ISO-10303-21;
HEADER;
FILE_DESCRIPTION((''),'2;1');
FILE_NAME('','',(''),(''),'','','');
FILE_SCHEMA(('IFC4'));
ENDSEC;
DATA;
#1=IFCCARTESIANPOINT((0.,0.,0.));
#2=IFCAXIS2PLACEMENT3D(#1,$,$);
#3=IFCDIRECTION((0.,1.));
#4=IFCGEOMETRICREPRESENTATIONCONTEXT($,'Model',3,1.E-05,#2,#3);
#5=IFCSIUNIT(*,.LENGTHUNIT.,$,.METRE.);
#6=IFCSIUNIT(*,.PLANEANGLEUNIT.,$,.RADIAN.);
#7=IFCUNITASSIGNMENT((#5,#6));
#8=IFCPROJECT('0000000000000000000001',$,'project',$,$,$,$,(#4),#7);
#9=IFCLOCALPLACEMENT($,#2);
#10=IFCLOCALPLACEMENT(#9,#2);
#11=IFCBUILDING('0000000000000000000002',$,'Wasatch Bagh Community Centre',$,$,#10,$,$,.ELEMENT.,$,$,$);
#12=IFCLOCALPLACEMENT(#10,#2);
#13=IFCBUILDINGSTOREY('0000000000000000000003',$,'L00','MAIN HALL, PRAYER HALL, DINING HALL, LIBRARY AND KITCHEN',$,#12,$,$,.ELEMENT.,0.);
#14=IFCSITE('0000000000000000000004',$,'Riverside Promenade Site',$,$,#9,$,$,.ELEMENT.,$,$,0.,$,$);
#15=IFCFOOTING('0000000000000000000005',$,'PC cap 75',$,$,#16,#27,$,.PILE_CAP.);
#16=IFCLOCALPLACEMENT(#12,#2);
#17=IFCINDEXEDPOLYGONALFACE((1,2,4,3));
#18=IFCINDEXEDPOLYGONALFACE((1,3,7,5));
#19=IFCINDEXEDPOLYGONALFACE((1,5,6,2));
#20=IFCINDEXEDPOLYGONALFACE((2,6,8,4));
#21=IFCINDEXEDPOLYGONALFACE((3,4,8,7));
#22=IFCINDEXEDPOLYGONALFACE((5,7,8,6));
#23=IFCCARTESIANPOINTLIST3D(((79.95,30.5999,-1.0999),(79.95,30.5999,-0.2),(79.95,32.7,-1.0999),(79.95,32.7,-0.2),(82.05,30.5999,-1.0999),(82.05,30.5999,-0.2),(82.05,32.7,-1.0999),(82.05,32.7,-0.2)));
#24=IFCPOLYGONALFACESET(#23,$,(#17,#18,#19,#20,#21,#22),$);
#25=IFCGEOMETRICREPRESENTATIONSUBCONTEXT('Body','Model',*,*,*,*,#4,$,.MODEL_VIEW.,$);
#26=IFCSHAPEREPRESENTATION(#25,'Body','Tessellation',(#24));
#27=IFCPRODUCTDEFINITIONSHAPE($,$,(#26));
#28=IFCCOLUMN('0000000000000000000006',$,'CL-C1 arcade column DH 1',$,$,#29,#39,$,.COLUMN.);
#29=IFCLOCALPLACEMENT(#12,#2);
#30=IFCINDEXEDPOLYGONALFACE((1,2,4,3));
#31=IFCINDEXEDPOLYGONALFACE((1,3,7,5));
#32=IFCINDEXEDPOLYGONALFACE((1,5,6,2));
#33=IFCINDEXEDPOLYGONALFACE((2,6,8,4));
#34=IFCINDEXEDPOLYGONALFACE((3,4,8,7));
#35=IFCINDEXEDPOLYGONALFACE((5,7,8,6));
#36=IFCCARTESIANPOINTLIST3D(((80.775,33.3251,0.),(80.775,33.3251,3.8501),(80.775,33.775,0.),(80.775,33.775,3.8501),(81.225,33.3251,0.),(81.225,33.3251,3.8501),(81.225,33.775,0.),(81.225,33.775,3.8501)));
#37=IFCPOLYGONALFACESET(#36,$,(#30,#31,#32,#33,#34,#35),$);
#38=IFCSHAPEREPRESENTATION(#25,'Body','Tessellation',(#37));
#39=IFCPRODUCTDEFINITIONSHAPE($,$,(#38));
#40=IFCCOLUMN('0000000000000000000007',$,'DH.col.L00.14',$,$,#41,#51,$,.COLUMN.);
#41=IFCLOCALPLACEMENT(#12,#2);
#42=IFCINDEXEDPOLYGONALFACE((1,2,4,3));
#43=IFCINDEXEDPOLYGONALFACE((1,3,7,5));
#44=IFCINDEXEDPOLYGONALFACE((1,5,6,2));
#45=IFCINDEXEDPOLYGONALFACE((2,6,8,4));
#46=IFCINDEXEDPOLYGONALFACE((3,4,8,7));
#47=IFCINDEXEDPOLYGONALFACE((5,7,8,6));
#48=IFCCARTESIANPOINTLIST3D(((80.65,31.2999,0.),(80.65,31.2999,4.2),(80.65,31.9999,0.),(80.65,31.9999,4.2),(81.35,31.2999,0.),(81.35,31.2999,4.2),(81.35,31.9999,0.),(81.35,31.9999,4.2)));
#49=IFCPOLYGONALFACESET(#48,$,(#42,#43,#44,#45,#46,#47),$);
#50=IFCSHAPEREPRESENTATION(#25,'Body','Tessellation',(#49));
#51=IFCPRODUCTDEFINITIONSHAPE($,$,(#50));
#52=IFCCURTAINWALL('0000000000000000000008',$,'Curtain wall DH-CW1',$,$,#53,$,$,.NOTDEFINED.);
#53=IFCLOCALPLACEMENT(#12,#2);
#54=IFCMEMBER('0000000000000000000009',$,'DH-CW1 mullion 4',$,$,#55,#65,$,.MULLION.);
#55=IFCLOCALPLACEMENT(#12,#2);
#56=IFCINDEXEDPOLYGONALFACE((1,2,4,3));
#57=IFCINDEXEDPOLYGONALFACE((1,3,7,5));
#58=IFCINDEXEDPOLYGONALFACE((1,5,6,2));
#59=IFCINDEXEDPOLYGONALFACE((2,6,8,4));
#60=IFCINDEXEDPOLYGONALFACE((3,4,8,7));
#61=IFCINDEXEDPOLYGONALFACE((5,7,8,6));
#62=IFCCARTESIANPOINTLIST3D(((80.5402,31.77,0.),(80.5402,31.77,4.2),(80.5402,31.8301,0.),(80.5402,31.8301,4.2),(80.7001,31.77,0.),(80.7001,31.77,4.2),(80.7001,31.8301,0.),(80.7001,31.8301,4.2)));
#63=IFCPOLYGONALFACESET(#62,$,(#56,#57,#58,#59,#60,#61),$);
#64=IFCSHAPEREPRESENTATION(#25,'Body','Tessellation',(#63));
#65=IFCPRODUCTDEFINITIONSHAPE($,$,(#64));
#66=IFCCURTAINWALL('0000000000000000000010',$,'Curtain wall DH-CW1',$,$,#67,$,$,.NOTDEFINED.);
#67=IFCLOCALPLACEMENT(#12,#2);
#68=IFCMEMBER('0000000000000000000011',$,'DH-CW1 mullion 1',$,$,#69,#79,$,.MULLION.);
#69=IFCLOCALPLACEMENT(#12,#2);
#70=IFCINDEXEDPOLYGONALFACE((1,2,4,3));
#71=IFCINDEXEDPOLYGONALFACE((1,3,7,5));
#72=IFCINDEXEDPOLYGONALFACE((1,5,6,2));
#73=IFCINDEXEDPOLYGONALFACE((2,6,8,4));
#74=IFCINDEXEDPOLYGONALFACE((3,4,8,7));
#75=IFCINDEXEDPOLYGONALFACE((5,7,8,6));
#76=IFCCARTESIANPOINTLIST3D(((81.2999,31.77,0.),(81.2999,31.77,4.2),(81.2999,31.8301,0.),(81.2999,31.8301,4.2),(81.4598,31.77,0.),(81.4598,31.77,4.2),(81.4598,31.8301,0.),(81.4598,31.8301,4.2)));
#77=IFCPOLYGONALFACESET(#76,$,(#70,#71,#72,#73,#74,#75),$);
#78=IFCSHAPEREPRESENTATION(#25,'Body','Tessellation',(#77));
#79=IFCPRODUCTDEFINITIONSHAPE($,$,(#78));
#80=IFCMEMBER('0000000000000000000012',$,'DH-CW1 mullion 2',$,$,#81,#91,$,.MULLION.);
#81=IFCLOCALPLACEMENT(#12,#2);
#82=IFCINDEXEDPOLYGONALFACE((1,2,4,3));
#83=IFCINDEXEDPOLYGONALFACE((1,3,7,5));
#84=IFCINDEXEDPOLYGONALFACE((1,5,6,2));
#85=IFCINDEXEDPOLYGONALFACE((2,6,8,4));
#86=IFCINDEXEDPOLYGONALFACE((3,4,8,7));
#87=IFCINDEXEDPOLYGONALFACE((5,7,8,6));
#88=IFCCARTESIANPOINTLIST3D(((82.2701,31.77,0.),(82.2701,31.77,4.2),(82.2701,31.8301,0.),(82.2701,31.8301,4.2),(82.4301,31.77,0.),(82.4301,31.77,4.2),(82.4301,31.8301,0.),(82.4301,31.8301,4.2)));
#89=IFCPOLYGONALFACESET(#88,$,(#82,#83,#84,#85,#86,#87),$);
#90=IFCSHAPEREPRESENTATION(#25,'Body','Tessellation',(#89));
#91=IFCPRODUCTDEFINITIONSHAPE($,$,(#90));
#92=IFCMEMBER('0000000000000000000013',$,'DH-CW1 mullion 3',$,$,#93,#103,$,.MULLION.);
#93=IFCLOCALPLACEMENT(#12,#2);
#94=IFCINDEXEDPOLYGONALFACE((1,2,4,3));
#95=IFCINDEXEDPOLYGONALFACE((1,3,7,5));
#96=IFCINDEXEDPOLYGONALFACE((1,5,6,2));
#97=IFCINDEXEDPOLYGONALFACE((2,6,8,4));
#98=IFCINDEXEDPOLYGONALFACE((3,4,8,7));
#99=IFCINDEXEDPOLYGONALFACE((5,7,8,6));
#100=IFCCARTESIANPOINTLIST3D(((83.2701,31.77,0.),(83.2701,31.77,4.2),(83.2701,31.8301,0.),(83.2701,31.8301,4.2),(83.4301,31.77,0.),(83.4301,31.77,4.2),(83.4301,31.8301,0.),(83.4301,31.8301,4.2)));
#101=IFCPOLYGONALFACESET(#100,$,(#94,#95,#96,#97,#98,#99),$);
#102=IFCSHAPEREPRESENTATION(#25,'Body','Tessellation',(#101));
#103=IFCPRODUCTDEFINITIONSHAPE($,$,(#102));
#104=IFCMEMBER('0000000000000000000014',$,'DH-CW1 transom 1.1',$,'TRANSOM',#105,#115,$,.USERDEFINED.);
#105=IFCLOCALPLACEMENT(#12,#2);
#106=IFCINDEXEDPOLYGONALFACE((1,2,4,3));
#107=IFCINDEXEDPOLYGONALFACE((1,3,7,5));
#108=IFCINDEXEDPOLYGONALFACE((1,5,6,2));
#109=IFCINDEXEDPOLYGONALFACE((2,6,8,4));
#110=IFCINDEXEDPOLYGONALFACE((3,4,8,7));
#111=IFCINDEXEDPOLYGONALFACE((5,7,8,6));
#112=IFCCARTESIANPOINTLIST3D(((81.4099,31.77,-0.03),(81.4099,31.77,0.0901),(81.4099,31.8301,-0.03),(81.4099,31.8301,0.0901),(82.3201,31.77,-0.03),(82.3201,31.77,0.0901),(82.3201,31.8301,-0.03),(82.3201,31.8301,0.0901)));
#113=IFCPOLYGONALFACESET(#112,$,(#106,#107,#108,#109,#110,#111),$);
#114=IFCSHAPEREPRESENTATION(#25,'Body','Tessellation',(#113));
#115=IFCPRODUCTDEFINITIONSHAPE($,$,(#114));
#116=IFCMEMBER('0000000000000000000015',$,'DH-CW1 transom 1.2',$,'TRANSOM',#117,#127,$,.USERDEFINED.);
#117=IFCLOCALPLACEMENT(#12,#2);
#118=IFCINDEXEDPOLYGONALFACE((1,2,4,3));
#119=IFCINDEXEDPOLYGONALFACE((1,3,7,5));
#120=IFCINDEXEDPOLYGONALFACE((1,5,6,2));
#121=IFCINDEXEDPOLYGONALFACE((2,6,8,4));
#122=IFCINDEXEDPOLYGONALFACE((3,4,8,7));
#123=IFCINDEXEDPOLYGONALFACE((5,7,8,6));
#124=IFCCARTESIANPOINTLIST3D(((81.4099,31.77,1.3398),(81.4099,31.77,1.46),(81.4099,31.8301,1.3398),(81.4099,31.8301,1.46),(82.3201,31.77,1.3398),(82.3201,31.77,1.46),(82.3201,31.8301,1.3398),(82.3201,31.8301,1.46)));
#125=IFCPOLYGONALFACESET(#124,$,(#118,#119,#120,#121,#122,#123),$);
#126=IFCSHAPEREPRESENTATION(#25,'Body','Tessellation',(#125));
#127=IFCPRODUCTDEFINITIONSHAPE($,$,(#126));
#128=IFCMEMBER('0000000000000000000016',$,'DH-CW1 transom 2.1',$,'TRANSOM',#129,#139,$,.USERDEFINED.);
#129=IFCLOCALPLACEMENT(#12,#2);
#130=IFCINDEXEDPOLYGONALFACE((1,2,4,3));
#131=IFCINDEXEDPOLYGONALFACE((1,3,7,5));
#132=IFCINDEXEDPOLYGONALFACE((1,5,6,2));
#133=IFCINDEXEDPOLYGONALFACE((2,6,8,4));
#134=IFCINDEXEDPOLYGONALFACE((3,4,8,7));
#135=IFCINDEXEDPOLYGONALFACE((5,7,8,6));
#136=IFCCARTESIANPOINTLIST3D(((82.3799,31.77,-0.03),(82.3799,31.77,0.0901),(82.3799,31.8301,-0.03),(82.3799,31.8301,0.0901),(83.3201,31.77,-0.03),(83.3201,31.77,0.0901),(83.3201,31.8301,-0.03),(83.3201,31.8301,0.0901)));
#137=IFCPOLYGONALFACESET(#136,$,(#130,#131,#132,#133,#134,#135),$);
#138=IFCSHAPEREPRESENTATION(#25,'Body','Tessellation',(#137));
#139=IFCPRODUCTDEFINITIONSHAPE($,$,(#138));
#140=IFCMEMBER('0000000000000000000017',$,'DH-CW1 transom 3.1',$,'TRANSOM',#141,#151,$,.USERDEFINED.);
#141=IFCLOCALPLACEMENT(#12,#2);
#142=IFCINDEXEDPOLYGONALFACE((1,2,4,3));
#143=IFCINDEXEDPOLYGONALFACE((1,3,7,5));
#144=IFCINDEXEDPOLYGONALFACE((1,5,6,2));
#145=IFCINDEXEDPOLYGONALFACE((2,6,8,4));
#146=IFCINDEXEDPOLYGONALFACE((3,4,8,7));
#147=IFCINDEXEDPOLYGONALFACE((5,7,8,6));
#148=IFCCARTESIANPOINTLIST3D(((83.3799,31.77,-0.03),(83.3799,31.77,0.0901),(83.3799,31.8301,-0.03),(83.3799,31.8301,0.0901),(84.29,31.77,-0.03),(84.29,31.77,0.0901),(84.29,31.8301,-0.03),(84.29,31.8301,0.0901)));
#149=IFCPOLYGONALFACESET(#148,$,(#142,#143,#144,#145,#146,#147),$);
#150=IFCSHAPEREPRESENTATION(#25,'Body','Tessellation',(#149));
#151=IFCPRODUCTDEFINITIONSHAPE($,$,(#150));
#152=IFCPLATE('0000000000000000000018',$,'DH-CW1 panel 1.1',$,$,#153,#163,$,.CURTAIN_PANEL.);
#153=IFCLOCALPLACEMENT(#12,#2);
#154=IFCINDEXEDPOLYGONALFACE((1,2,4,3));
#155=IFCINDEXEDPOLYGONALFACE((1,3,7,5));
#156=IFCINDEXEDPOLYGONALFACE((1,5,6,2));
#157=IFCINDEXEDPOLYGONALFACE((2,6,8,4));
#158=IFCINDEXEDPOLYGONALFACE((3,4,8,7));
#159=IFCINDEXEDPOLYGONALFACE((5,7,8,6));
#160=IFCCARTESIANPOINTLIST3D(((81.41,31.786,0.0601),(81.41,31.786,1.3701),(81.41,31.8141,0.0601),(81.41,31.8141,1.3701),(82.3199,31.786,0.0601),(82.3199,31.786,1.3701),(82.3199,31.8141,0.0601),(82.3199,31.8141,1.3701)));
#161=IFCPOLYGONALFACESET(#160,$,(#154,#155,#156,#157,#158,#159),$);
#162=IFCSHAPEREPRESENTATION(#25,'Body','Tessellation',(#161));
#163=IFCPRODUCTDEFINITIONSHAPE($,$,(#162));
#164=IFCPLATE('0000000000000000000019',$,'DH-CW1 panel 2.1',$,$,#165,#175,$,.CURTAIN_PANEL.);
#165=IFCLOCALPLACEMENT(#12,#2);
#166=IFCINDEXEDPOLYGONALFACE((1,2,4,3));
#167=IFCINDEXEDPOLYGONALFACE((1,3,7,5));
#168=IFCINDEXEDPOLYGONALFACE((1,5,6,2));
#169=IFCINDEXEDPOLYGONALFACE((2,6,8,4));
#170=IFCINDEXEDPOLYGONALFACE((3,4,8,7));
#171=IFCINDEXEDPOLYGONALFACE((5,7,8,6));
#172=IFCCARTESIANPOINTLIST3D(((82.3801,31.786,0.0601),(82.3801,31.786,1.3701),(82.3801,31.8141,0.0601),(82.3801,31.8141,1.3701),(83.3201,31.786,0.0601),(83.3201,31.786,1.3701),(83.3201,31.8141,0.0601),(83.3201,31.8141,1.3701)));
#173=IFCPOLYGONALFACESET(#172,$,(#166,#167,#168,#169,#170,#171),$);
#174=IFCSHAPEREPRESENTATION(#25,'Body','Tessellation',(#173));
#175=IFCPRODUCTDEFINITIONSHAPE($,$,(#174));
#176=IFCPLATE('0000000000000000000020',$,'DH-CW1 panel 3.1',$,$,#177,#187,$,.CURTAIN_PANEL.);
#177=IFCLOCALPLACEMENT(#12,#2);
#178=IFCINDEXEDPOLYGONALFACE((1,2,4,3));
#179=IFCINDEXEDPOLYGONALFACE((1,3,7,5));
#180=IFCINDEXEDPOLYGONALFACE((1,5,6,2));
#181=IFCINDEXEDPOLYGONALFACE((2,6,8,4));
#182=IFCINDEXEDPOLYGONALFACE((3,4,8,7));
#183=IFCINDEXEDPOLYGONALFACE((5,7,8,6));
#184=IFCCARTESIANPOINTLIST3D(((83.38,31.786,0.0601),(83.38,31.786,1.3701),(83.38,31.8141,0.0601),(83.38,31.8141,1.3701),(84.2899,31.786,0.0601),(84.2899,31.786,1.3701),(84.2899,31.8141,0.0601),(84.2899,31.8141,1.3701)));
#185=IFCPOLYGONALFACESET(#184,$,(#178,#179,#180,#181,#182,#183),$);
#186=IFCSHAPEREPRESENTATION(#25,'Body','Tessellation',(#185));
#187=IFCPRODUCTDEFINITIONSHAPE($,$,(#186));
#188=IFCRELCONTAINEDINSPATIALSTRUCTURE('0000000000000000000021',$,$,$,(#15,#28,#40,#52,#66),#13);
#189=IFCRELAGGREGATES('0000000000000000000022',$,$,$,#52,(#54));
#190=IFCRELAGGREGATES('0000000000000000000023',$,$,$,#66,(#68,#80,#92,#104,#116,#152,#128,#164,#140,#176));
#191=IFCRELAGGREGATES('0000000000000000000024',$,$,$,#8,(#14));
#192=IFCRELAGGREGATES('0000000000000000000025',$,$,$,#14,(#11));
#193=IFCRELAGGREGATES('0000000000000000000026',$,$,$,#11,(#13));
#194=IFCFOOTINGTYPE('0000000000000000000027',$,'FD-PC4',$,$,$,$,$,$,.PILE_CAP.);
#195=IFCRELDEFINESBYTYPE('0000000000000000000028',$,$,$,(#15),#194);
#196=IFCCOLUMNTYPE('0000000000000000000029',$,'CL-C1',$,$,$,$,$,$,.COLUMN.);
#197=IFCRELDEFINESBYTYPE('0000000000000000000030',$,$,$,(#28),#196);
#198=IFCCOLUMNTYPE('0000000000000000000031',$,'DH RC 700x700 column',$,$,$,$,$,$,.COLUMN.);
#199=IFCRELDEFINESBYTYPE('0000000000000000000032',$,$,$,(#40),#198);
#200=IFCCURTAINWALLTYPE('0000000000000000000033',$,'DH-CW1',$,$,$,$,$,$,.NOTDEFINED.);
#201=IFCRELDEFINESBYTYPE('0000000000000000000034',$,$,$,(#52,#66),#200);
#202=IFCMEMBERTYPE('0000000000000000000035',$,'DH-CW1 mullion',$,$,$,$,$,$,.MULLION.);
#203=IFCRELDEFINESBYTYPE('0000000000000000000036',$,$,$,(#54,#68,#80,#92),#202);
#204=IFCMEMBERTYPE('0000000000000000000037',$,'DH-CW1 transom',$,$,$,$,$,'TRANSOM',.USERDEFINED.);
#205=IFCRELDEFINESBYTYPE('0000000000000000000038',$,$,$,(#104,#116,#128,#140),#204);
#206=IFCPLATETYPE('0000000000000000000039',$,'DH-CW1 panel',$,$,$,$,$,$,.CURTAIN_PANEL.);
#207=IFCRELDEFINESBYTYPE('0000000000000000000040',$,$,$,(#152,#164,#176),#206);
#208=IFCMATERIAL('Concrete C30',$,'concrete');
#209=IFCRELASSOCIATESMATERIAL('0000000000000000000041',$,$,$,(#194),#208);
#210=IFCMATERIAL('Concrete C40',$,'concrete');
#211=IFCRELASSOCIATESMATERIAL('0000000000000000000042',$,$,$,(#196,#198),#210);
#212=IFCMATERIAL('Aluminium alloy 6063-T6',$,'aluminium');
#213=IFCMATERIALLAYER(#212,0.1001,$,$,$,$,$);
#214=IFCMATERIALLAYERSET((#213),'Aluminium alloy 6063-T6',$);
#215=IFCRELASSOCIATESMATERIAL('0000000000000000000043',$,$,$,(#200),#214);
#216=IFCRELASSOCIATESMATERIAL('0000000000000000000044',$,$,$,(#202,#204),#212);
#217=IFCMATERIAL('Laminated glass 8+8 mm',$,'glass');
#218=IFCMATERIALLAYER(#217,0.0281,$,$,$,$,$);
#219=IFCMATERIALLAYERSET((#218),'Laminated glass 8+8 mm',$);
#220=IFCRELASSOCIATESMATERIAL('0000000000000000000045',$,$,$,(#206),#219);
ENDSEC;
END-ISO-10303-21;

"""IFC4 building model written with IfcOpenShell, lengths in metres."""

from ifc_helpers import new_model, si_unit, direction, frame, origin, origin_2d, place, context, subcontext, project, spatial, rectangle, extrude, material, layer, layer_set, material_profile, profile_set, type_object, element, aggregate, save


model = new_model("IFC4")

# Units and contexts
model_context = context("Model", 3, precision=1e-05, world=origin(), true_north=direction((0.0, 1.0)))
body_context = subcontext(model_context, "Body", "Model", "MODEL_VIEW")
ifc_project = project(units=[si_unit("LENGTHUNIT", "METRE"), si_unit("PLANEANGLEUNIT", "RADIAN")], contexts=[model_context])

# Site, building, storey
site_placement = place(None, origin())
site = spatial("IfcSite", under=ifc_project, at=site_placement, Name="Riverside Promenade Site", CompositionType="ELEMENT", RefElevation=0.0)
building_placement = place(site_placement, origin())
building = spatial("IfcBuilding", under=site, at=building_placement, Name="Wasatch Bagh Community Centre", CompositionType="ELEMENT")
storey_placement = place(building_placement, origin())
storey = spatial("IfcBuildingStorey", under=building, at=storey_placement, Name="L00", Description="MAIN HALL, PRAYER HALL, DINING HALL, LIBRARY AND KITCHEN", CompositionType="ELEMENT", Elevation=0.0)

# Shared definitions
ifc_material_1 = material(Name="Concrete C30", Category="concrete")

# Footing
footing_type_1 = type_object("IfcFootingType", Name="FD-PC4", PredefinedType="PILE_CAP", material=ifc_material_1)
footing_1_placement = place(storey_placement, frame((81.0, 31.6499, -1.0999), z_axis=(0.0, 0.0, 1.0), x_axis=(1.0, 0.0, 0.0)))
element("IfcFooting", 1, at=footing_1_placement, inside=storey, type_object=footing_type_1, Name="PC cap 75", PredefinedType="PILE_CAP", context=body_context, shape_type="SweptSolid", body=[
    extrude(rectangle(XDim=2.1001, YDim=2.1001, at=origin_2d()), origin(), (0.0, 0.0, 1.0), 0.8999),
])

# Columns
ifc_material_2 = material(Name="Concrete C40", Category="concrete")
ifc_material_profile_1 = material_profile(ifc_material_2, rectangle(XDim=0.45, YDim=0.45, at=origin_2d()), Name="RC 450x450")
ifc_profile_set_1 = profile_set([ifc_material_profile_1], Name="Concrete C40")
column_type_1 = type_object("IfcColumnType", Name="CL-C1", PredefinedType="COLUMN", material=ifc_profile_set_1)
column_1_placement = place(storey_placement, frame((81.0, 33.55, 0.0), z_axis=(0.0, 0.0, 1.0), x_axis=(1.0, 0.0, 0.0)))
element("IfcColumn", 2, at=column_1_placement, inside=storey, type_object=column_type_1, Name="CL-C1 arcade column DH 1", PredefinedType="COLUMN", context=body_context, shape_type="SweptSolid", body=[
    extrude(rectangle(XDim=0.45, YDim=0.45, at=origin_2d()), origin(), (0.0, 0.0, 1.0), 3.8501),
])
ifc_material_profile_2 = material_profile(ifc_material_2, rectangle(XDim=0.7, YDim=0.7, at=origin_2d()), Name="RC 700x700")
ifc_profile_set_2 = profile_set([ifc_material_profile_2], Name="Concrete C40")
column_type_2 = type_object("IfcColumnType", Name="DH RC 700x700 column", PredefinedType="COLUMN", material=ifc_profile_set_2)
column_2_placement = place(storey_placement, frame((81.0, 31.6499, 0.0), z_axis=(0.0, 0.0, 1.0), x_axis=(1.0, 0.0, 0.0)))
element("IfcColumn", 3, at=column_2_placement, inside=storey, type_object=column_type_2, Name="DH.col.L00.14", PredefinedType="COLUMN", context=body_context, shape_type="SweptSolid", body=[
    extrude(rectangle(XDim=0.7, YDim=0.7, at=origin_2d()), origin(), (0.0, 0.0, 1.0), 4.2),
])

# Curtain wall, member
ifc_material_3 = material(Name="Aluminium alloy 6063-T6", Category="aluminium")
ifc_layer_1 = layer(ifc_material_3, 0.1001)
ifc_layer_set_1 = layer_set([ifc_layer_1], Name="Aluminium alloy 6063-T6")
curtain_wall_type = type_object("IfcCurtainWallType", Name="DH-CW1", PredefinedType="NOTDEFINED", material=ifc_layer_set_1)
curtain_wall_1_placement = place(storey_placement, origin())
curtain_wall_1 = element("IfcCurtainWall", 4, at=curtain_wall_1_placement, inside=storey, type_object=curtain_wall_type, Name="Curtain wall DH-CW1", PredefinedType="NOTDEFINED")
ifc_material_profile_3 = material_profile(ifc_material_3, rectangle(XDim=0.0601, YDim=0.1599, at=origin_2d()), Name="AL 60x160")
ifc_profile_set_3 = profile_set([ifc_material_profile_3], Name="Aluminium alloy 6063-T6")
member_type_1 = type_object("IfcMemberType", Name="DH-CW1 mullion", PredefinedType="MULLION", material=ifc_profile_set_3)
member_1_placement = place(storey_placement, frame((80.6201, 31.8, 0.0), z_axis=(0.0, 0.0, 1.0), x_axis=(0.0, 1.0, 0.0)))
member_1 = element("IfcMember", 5, at=member_1_placement, type_object=member_type_1, Name="DH-CW1 mullion 4", PredefinedType="MULLION", context=body_context, shape_type="SweptSolid", body=[
    extrude(rectangle(XDim=0.0601, YDim=0.1599, at=origin_2d()), origin(), (0.0, 0.0, 1.0), 4.2),
])
aggregate(curtain_wall_1, [member_1])

# Curtain wall, members, plates
curtain_wall_2_placement = place(storey_placement, origin())
curtain_wall_2 = element("IfcCurtainWall", 6, at=curtain_wall_2_placement, inside=storey, type_object=curtain_wall_type, Name="Curtain wall DH-CW1", PredefinedType="NOTDEFINED")
member_2_placement = place(storey_placement, frame((81.3799, 31.8, 0.0), z_axis=(0.0, 0.0, 1.0), x_axis=(0.0, 1.0, 0.0)))
member_2 = element("IfcMember", 7, at=member_2_placement, type_object=member_type_1, Name="DH-CW1 mullion 1", PredefinedType="MULLION", context=body_context, shape_type="SweptSolid", body=[
    extrude(rectangle(XDim=0.0601, YDim=0.1599, at=origin_2d()), origin(), (0.0, 0.0, 1.0), 4.2),
])
member_3_placement = place(storey_placement, frame((82.3501, 31.8, 0.0), z_axis=(0.0, 0.0, 1.0), x_axis=(0.0, 1.0, 0.0)))
member_3 = element("IfcMember", 8, at=member_3_placement, type_object=member_type_1, Name="DH-CW1 mullion 2", PredefinedType="MULLION", context=body_context, shape_type="SweptSolid", body=[
    extrude(rectangle(XDim=0.0601, YDim=0.1599, at=origin_2d()), origin(), (0.0, 0.0, 1.0), 4.2),
])
member_4_placement = place(storey_placement, frame((83.3501, 31.8, 0.0), z_axis=(0.0, 0.0, 1.0), x_axis=(0.0, 1.0, 0.0)))
member_4 = element("IfcMember", 9, at=member_4_placement, type_object=member_type_1, Name="DH-CW1 mullion 3", PredefinedType="MULLION", context=body_context, shape_type="SweptSolid", body=[
    extrude(rectangle(XDim=0.0601, YDim=0.1599, at=origin_2d()), origin(), (0.0, 0.0, 1.0), 4.2),
])
ifc_material_profile_4 = material_profile(ifc_material_3, rectangle(XDim=0.0601, YDim=0.1201, at=origin_2d()), Name="AL 60x120")
ifc_profile_set_4 = profile_set([ifc_material_profile_4], Name="Aluminium alloy 6063-T6")
member_type_2 = type_object("IfcMemberType", Name="DH-CW1 transom", ElementType="TRANSOM", PredefinedType="USERDEFINED", material=ifc_profile_set_4)
member_5_placement = place(storey_placement, frame((81.4099, 31.8, 0.03), z_axis=(1.0, 0.0, 0.0), x_axis=(0.0, 1.0, 0.0)))
member_5 = element("IfcMember", 10, at=member_5_placement, type_object=member_type_2, Name="DH-CW1 transom 1.1", ObjectType="TRANSOM", PredefinedType="USERDEFINED", context=body_context, shape_type="SweptSolid", body=[
    extrude(rectangle(XDim=0.0601, YDim=0.1201, at=origin_2d()), origin(), (0.0, 0.0, 1.0), 0.9102),
])
member_6_placement = place(storey_placement, frame((81.4099, 31.8, 1.3999), z_axis=(1.0, 0.0, 0.0), x_axis=(0.0, 1.0, 0.0)))
member_6 = element("IfcMember", 11, at=member_6_placement, type_object=member_type_2, Name="DH-CW1 transom 1.2", ObjectType="TRANSOM", PredefinedType="USERDEFINED", context=body_context, shape_type="SweptSolid", body=[
    extrude(rectangle(XDim=0.0601, YDim=0.1201, at=origin_2d()), origin(), (0.0, 0.0, 1.0), 0.9102),
])
member_7_placement = place(storey_placement, frame((82.3799, 31.8, 0.03), z_axis=(1.0, 0.0, 0.0), x_axis=(0.0, 1.0, 0.0)))
member_7 = element("IfcMember", 12, at=member_7_placement, type_object=member_type_2, Name="DH-CW1 transom 2.1", ObjectType="TRANSOM", PredefinedType="USERDEFINED", context=body_context, shape_type="SweptSolid", body=[
    extrude(rectangle(XDim=0.0601, YDim=0.1201, at=origin_2d()), origin(), (0.0, 0.0, 1.0), 0.9402),
])
member_8_placement = place(storey_placement, frame((83.3799, 31.8, 0.03), z_axis=(1.0, 0.0, 0.0), x_axis=(0.0, 1.0, 0.0)))
member_8 = element("IfcMember", 13, at=member_8_placement, type_object=member_type_2, Name="DH-CW1 transom 3.1", ObjectType="TRANSOM", PredefinedType="USERDEFINED", context=body_context, shape_type="SweptSolid", body=[
    extrude(rectangle(XDim=0.0601, YDim=0.1201, at=origin_2d()), origin(), (0.0, 0.0, 1.0), 0.9102),
])
ifc_material_4 = material(Name="Laminated glass 8+8 mm", Category="glass")
ifc_layer_2 = layer(ifc_material_4, 0.0281)
ifc_layer_set_2 = layer_set([ifc_layer_2], Name="Laminated glass 8+8 mm")
plate_type = type_object("IfcPlateType", Name="DH-CW1 panel", PredefinedType="CURTAIN_PANEL", material=ifc_layer_set_2)
plate_1_placement = place(storey_placement, frame((81.865, 31.8, 0.0601), z_axis=(0.0, 0.0, 1.0), x_axis=(1.0, 0.0, 0.0)))
plate_1 = element("IfcPlate", 14, at=plate_1_placement, type_object=plate_type, Name="DH-CW1 panel 1.1", PredefinedType="CURTAIN_PANEL", context=body_context, shape_type="SweptSolid", body=[
    extrude(rectangle(XDim=0.9099, YDim=0.0281, at=origin_2d()), origin(), (0.0, 0.0, 1.0), 1.3101),
])
plate_2_placement = place(storey_placement, frame((82.8501, 31.8, 0.0601), z_axis=(0.0, 0.0, 1.0), x_axis=(1.0, 0.0, 0.0)))
plate_2 = element("IfcPlate", 15, at=plate_2_placement, type_object=plate_type, Name="DH-CW1 panel 2.1", PredefinedType="CURTAIN_PANEL", context=body_context, shape_type="SweptSolid", body=[
    extrude(rectangle(XDim=0.9399, YDim=0.0281, at=origin_2d()), origin(), (0.0, 0.0, 1.0), 1.3101),
])
plate_3_placement = place(storey_placement, frame((83.835, 31.8, 0.0601), z_axis=(0.0, 0.0, 1.0), x_axis=(1.0, 0.0, 0.0)))
plate_3 = element("IfcPlate", 16, at=plate_3_placement, type_object=plate_type, Name="DH-CW1 panel 3.1", PredefinedType="CURTAIN_PANEL", context=body_context, shape_type="SweptSolid", body=[
    extrude(rectangle(XDim=0.9099, YDim=0.0281, at=origin_2d()), origin(), (0.0, 0.0, 1.0), 1.3101),
])
aggregate(curtain_wall_2, [member_2, member_3, member_4, member_5, member_6, plate_1, member_7, plate_2, member_8, plate_3])

save(model, "model.ifc")
